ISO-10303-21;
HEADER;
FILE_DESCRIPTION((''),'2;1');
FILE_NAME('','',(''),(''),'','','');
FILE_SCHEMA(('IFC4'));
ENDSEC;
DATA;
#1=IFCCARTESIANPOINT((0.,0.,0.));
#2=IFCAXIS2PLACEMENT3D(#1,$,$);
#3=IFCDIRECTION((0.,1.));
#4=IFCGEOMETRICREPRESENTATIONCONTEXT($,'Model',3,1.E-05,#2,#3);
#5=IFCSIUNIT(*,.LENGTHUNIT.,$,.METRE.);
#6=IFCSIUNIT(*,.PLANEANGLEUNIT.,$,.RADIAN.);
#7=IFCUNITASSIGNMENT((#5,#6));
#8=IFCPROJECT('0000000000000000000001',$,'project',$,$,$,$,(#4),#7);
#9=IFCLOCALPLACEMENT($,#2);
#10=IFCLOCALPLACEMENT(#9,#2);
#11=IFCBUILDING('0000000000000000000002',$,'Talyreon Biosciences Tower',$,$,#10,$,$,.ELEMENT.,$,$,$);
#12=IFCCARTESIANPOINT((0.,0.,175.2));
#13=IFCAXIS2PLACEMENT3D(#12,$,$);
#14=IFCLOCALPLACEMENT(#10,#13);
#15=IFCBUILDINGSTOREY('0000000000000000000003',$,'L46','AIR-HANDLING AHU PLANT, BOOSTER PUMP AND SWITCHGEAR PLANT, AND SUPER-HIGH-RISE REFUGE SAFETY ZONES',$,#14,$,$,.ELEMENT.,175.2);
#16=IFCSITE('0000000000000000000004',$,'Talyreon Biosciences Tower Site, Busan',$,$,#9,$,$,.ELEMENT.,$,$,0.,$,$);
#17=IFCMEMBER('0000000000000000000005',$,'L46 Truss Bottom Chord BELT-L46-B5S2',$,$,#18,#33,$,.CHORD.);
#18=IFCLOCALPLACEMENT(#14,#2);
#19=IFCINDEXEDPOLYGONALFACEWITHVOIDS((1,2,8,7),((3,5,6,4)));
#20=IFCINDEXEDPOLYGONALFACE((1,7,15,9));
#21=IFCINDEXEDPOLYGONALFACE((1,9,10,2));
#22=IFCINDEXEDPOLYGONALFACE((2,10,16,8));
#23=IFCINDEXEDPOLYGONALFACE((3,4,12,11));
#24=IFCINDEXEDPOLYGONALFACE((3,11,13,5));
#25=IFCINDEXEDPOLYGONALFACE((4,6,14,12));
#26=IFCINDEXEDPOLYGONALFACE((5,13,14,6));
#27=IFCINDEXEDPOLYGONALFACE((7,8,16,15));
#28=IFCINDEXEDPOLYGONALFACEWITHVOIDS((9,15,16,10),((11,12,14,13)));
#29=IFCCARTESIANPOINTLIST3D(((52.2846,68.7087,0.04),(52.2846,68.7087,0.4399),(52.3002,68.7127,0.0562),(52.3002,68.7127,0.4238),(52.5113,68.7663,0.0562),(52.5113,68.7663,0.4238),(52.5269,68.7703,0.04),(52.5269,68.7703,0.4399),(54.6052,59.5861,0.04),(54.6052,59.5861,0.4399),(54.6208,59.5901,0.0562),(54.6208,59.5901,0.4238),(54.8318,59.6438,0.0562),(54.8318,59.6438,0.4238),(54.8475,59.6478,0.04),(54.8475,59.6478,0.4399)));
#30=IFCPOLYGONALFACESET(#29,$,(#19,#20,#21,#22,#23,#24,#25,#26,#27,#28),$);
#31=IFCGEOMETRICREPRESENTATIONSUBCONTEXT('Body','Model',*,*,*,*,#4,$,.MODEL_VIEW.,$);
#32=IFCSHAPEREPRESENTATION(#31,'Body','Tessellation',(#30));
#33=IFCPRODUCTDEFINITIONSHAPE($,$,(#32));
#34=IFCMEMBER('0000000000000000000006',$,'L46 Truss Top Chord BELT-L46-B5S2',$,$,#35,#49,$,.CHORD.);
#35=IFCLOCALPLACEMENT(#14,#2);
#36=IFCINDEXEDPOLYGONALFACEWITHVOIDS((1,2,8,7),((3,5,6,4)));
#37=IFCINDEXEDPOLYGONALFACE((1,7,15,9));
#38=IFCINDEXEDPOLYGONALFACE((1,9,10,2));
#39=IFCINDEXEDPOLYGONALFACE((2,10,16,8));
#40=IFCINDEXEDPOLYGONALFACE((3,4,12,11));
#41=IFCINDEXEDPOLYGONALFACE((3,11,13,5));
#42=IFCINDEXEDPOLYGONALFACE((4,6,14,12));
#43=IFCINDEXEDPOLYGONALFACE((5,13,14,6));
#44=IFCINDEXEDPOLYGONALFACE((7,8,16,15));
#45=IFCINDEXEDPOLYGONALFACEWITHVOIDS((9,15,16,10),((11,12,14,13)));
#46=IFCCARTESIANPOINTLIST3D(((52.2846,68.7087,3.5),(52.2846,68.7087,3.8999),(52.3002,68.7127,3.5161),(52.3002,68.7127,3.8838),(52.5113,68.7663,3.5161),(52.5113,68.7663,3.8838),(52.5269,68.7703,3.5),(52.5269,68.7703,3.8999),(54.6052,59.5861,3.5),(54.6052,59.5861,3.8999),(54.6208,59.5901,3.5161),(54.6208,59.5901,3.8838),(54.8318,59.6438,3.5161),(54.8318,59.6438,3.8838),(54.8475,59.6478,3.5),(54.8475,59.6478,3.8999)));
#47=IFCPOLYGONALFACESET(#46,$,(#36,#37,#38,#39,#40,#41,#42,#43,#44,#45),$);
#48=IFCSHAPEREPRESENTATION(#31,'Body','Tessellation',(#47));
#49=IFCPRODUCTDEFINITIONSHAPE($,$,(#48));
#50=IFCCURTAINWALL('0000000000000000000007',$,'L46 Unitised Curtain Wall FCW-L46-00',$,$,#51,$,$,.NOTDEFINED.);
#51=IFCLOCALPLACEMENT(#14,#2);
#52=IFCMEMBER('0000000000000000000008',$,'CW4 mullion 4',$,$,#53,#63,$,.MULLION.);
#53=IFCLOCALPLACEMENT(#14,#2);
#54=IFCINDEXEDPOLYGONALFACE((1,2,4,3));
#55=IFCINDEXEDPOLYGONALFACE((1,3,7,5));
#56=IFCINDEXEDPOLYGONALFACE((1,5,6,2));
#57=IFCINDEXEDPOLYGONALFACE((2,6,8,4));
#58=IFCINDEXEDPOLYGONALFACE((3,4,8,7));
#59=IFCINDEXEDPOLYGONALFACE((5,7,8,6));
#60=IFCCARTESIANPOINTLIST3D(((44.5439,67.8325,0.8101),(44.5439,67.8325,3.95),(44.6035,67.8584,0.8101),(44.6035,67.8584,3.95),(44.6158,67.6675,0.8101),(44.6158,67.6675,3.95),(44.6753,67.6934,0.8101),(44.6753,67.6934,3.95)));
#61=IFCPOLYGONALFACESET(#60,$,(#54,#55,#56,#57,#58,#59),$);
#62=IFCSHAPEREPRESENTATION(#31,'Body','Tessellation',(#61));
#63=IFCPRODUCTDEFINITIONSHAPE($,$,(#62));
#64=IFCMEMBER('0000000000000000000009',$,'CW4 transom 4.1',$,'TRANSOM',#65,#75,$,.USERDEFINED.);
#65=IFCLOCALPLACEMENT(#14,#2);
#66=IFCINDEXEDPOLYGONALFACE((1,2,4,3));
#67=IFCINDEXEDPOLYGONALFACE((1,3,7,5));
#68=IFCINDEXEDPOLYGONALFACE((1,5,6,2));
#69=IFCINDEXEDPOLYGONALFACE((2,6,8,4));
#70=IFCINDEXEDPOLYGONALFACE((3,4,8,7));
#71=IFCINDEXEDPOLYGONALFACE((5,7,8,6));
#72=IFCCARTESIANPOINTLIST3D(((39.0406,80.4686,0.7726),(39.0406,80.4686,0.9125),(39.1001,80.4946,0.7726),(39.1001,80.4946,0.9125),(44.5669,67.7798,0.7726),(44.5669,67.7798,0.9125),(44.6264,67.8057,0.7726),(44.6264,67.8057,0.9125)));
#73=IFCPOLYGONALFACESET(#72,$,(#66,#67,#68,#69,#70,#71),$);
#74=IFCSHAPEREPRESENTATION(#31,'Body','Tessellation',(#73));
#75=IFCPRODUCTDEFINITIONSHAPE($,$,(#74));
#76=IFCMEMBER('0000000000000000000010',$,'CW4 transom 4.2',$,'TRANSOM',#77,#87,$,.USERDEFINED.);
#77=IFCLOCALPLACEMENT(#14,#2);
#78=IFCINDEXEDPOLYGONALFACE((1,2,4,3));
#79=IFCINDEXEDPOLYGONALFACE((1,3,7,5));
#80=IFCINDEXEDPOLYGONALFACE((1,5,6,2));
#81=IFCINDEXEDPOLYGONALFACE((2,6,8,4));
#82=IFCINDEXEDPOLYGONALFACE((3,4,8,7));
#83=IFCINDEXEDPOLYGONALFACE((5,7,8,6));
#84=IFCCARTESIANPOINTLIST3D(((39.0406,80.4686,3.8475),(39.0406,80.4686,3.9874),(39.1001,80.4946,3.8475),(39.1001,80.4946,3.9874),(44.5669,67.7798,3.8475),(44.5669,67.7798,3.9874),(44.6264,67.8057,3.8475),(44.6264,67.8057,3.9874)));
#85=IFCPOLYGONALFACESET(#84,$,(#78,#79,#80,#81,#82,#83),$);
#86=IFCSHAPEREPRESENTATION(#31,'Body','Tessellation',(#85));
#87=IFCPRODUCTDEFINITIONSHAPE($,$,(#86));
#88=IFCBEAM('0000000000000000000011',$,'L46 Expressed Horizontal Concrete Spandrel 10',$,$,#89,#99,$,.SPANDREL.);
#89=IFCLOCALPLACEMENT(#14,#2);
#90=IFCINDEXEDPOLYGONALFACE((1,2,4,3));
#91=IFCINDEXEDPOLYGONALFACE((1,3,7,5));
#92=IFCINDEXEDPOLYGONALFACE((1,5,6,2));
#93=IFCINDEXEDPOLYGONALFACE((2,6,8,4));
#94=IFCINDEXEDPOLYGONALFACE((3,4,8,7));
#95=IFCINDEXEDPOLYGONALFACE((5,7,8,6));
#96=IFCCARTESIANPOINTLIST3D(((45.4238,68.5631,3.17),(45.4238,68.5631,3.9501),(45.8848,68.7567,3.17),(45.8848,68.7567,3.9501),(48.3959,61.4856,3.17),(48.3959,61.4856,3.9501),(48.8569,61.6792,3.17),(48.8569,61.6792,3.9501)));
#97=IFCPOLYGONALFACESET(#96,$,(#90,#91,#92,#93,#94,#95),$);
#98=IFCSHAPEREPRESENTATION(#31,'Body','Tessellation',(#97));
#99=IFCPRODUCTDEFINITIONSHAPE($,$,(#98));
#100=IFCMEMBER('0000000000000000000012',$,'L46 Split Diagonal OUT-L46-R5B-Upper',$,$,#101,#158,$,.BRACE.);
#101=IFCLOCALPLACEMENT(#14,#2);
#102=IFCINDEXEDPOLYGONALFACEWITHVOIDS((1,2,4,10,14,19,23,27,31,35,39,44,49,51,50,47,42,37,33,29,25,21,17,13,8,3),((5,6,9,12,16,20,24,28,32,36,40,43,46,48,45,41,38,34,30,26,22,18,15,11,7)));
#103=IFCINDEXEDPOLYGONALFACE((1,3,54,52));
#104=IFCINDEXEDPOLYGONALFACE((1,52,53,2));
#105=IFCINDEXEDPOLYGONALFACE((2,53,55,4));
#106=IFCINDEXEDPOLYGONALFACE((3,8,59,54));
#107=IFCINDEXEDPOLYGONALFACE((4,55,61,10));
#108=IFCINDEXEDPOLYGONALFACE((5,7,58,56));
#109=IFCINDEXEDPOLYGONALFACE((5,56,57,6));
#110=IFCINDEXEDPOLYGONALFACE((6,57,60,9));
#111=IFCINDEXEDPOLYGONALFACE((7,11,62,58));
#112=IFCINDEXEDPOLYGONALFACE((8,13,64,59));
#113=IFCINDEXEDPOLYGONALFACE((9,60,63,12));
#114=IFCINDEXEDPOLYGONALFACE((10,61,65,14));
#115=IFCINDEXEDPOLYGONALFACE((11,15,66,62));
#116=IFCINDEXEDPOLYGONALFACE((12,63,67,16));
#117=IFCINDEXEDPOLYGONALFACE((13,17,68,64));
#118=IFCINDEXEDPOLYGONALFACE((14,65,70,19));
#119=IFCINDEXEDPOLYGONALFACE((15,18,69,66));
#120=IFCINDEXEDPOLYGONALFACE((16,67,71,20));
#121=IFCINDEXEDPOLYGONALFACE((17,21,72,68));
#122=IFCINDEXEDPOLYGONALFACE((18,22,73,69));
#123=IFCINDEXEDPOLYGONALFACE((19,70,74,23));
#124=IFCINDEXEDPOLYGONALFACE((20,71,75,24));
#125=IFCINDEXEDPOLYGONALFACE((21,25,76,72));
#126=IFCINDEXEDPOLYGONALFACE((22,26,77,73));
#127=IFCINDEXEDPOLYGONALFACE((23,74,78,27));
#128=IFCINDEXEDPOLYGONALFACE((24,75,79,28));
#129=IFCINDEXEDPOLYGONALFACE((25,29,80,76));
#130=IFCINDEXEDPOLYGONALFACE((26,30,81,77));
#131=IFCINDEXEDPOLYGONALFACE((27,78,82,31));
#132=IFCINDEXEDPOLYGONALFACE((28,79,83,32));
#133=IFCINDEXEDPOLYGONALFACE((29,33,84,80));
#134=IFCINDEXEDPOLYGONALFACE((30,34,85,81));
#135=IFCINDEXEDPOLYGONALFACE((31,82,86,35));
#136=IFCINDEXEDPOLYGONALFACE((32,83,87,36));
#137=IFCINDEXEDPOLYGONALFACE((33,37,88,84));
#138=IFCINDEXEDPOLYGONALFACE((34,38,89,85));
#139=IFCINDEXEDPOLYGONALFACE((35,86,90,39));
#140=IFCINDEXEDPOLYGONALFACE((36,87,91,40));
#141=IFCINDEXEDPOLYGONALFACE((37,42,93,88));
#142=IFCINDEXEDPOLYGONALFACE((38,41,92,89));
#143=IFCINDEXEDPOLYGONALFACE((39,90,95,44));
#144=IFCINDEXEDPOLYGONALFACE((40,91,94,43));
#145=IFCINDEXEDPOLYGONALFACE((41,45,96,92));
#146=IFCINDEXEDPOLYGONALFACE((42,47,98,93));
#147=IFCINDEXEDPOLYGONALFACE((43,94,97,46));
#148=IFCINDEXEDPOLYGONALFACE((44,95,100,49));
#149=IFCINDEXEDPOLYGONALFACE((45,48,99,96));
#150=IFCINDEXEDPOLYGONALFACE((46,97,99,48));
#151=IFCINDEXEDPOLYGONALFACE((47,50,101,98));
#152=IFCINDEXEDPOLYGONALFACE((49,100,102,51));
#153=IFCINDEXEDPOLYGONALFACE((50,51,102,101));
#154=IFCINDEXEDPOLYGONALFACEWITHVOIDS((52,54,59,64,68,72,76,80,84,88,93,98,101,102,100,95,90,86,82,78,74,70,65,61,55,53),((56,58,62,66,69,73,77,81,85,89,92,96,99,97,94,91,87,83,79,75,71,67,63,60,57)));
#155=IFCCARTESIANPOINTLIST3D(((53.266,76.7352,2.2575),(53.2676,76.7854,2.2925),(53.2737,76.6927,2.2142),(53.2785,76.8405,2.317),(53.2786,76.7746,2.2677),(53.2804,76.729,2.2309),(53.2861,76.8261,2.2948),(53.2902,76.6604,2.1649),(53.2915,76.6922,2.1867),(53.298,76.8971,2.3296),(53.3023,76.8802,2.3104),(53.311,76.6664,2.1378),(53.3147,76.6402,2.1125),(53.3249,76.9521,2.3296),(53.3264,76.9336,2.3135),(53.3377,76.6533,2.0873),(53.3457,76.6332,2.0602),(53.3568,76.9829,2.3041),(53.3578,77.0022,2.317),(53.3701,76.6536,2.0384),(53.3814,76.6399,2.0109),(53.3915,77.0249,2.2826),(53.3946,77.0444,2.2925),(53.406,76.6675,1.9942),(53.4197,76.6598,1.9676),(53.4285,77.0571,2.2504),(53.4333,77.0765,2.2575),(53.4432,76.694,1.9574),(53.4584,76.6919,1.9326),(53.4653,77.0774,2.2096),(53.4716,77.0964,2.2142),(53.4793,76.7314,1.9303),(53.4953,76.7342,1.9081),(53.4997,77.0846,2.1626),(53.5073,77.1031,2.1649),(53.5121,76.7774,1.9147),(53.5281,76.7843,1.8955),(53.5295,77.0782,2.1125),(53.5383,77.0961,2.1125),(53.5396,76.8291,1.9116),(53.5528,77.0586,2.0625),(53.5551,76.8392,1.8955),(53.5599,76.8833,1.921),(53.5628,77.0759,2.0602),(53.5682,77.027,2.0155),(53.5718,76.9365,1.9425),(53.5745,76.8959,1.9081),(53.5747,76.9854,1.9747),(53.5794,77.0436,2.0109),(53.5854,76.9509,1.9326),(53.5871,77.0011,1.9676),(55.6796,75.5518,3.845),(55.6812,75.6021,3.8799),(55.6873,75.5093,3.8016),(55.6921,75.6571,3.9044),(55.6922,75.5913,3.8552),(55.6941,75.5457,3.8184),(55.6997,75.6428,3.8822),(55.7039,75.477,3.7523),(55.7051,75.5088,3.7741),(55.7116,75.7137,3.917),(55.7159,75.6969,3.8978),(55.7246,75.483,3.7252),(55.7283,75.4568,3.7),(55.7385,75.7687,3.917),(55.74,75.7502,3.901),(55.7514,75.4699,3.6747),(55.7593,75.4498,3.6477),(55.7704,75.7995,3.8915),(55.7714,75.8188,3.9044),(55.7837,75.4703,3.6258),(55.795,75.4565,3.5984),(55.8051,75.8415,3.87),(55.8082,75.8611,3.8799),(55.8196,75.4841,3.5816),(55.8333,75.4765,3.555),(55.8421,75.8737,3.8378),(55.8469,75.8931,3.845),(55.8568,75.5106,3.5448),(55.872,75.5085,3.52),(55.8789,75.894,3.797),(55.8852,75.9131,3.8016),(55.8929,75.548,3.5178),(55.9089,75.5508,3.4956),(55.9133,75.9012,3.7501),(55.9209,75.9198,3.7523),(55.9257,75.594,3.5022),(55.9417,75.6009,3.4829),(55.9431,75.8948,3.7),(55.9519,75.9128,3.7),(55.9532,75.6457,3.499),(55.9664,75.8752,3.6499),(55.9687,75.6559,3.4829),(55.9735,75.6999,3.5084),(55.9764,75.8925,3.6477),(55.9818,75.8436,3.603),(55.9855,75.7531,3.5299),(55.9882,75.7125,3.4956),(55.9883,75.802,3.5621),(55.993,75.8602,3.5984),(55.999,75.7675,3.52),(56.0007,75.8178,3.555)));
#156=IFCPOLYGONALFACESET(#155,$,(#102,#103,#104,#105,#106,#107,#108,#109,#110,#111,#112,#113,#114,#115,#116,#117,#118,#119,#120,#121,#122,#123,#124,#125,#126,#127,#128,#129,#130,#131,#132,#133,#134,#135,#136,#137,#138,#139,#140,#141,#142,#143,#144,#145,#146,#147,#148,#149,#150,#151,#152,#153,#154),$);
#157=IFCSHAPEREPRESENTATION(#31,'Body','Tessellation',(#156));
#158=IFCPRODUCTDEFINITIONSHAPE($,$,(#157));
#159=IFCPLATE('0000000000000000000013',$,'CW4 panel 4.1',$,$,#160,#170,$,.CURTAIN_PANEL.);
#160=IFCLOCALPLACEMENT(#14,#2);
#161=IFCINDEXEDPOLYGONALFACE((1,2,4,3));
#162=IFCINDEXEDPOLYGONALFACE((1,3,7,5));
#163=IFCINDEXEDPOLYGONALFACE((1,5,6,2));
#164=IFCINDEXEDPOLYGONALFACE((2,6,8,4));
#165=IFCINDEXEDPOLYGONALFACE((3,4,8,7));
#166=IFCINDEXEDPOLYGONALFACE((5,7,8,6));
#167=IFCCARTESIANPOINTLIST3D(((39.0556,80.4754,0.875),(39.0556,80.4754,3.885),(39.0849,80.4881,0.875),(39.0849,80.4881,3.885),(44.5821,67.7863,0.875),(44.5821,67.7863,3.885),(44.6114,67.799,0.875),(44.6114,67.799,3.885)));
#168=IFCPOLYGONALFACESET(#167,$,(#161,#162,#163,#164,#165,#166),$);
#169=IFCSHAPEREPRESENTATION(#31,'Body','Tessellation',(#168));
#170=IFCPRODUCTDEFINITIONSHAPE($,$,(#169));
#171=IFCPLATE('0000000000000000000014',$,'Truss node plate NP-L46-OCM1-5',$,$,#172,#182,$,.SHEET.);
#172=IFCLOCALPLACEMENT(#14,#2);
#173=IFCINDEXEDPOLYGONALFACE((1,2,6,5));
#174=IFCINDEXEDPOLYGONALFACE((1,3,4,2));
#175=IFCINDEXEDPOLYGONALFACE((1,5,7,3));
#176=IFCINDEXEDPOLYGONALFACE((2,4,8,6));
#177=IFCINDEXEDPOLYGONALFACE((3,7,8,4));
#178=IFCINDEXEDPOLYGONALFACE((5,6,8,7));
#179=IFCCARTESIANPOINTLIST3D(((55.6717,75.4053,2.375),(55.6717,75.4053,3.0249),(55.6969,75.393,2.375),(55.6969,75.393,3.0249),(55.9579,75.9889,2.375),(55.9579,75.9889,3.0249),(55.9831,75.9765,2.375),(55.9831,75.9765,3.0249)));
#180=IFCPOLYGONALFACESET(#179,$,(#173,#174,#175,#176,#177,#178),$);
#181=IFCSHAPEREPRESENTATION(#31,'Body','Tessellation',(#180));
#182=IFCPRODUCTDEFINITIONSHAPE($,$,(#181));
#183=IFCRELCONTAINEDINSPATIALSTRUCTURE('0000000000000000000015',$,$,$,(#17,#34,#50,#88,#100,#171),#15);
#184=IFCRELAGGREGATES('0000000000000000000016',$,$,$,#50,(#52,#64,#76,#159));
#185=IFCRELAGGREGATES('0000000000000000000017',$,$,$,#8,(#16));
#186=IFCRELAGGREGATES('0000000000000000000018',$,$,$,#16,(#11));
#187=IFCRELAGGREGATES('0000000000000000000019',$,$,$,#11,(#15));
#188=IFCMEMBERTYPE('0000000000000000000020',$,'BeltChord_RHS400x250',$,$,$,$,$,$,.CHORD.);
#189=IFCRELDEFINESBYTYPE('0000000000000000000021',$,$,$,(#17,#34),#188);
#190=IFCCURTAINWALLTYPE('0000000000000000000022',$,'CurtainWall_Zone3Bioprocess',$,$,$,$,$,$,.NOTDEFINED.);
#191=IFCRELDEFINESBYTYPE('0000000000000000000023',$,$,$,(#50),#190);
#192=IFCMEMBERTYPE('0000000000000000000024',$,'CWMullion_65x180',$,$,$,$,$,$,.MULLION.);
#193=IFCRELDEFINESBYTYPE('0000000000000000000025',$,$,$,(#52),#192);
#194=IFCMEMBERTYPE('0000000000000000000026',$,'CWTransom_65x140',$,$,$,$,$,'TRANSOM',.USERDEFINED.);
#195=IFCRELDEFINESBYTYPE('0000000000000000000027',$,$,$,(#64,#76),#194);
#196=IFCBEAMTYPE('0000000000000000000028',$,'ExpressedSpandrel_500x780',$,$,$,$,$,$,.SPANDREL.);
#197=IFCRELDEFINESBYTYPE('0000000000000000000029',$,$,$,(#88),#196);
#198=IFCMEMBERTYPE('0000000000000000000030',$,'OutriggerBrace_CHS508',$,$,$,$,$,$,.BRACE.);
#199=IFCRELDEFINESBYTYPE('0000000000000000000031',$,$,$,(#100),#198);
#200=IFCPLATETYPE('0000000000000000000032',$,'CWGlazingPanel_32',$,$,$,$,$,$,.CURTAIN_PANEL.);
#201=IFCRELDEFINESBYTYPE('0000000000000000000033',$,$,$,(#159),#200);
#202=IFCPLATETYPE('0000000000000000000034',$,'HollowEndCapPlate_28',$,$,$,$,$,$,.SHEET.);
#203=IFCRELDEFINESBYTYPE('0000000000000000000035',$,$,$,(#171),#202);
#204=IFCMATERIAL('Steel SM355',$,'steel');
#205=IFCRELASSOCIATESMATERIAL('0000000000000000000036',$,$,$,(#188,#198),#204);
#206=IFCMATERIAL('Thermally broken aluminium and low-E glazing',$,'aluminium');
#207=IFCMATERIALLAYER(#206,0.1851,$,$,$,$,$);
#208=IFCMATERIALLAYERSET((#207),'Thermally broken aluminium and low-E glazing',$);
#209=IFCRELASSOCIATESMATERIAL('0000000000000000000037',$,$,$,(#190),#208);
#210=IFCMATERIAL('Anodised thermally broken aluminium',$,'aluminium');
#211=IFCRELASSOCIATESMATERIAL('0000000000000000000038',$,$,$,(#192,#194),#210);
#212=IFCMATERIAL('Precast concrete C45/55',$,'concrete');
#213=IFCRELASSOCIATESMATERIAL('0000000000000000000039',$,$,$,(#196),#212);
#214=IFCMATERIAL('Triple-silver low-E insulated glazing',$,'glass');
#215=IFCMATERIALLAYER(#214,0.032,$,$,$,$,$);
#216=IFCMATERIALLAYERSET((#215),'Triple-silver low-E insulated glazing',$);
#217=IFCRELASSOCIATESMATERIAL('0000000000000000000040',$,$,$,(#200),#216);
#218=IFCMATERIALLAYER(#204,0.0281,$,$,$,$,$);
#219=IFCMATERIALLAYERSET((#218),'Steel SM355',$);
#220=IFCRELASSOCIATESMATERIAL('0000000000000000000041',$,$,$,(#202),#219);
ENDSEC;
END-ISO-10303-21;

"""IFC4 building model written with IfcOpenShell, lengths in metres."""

from ifc_helpers import new_model, si_unit, direction, frame, origin, origin_2d, place, context, subcontext, project, spatial, rectangle, hollow_rectangle, hollow_circle, extrude, material, layer, layer_set, material_profile, profile_set, type_object, element, aggregate, save


model = new_model("IFC4")

# Units and contexts
model_context = context("Model", 3, precision=1e-05, world=origin(), true_north=direction((0.0, 1.0)))
body_context = subcontext(model_context, "Body", "Model", "MODEL_VIEW")
ifc_project = project(units=[si_unit("LENGTHUNIT", "METRE"), si_unit("PLANEANGLEUNIT", "RADIAN")], contexts=[model_context])

# Site, building, storey
site_placement = place(None, origin())
site = spatial("IfcSite", under=ifc_project, at=site_placement, Name="Talyreon Biosciences Tower Site, Busan", CompositionType="ELEMENT", RefElevation=0.0)
building_placement = place(site_placement, origin())
building = spatial("IfcBuilding", under=site, at=building_placement, Name="Talyreon Biosciences Tower", CompositionType="ELEMENT")
storey_placement = place(building_placement, frame((0.0, 0.0, 175.2)))
storey = spatial("IfcBuildingStorey", under=building, at=storey_placement, Name="L46", Description="AIR-HANDLING AHU PLANT, BOOSTER PUMP AND SWITCHGEAR PLANT, AND SUPER-HIGH-RISE REFUGE SAFETY ZONES", CompositionType="ELEMENT", Elevation=175.2)

# Members
ifc_material_1 = material(Name="Steel SM355", Category="steel")
ifc_material_profile_1 = material_profile(ifc_material_1, hollow_rectangle(XDim=0.25, YDim=0.3999, WallThickness=0.0161, at=origin_2d()), Name="RHS 400x250x16")
ifc_profile_set_1 = profile_set([ifc_material_profile_1], Name="Steel SM355")
member_type_1 = type_object("IfcMemberType", Name="BeltChord_RHS400x250", PredefinedType="CHORD", material=ifc_profile_set_1)
for number, where, z_axis, x_axis, name in (
    (1, (52.4058, 68.7395, 0.24), (0.246525, -0.969137, 0.0), (0.969137, 0.246525, 0.0), "L46 Truss Bottom Chord BELT-L46-B5S2"),
    (2, (52.4058, 68.7395, 3.7), (0.246525, -0.969137, 0.0), (0.969137, 0.246525, 0.0), "L46 Truss Top Chord BELT-L46-B5S2"),
):
    element("IfcMember", number, at=place(storey_placement, frame(where, z_axis=z_axis, x_axis=x_axis)), inside=storey, type_object=member_type_1, Name=name, PredefinedType="CHORD", context=body_context, shape_type="SweptSolid", body=[
        extrude(hollow_rectangle(XDim=0.25, YDim=0.3999, WallThickness=0.0161, at=origin_2d()), origin(), (0.0, 0.0, 1.0), 9.4131),
    ])

# Curtain wall, members
ifc_material_2 = material(Name="Thermally broken aluminium and low-E glazing", Category="aluminium")
ifc_layer_1 = layer(ifc_material_2, 0.1851)
ifc_layer_set_1 = layer_set([ifc_layer_1], Name="Thermally broken aluminium and low-E glazing")
curtain_wall_type = type_object("IfcCurtainWallType", Name="CurtainWall_Zone3Bioprocess", PredefinedType="NOTDEFINED", material=ifc_layer_set_1)
curtain_wall_placement = place(storey_placement, origin())
curtain_wall = element("IfcCurtainWall", 3, at=curtain_wall_placement, inside=storey, type_object=curtain_wall_type, Name="L46 Unitised Curtain Wall FCW-L46-00", PredefinedType="NOTDEFINED")
ifc_material_3 = material(Name="Anodised thermally broken aluminium", Category="aluminium")
ifc_material_profile_2 = material_profile(ifc_material_3, rectangle(XDim=0.0649, YDim=0.1799, at=origin_2d()), Name="ALUM MULLION 65x180")
ifc_profile_set_2 = profile_set([ifc_material_profile_2], Name="Anodised thermally broken aluminium")
member_type_2 = type_object("IfcMemberType", Name="CWMullion_65x180", PredefinedType="MULLION", material=ifc_profile_set_2)
member_1_placement = place(storey_placement, frame((44.6096, 67.7629, 0.8101), z_axis=(0.0, 0.0, 1.0), x_axis=(-0.91682, -0.3993, 0.0)))
member_1 = element("IfcMember", 4, at=member_1_placement, type_object=member_type_2, Name="CW4 mullion 4", PredefinedType="MULLION", context=body_context, shape_type="SweptSolid", body=[
    extrude(rectangle(XDim=0.0649, YDim=0.1799, at=origin_2d()), origin(), (0.0, 0.0, 1.0), 3.1399),
])
ifc_material_profile_3 = material_profile(ifc_material_3, rectangle(XDim=0.0649, YDim=0.1399, at=origin_2d()), Name="ALUM TRANSOM 65x140")
ifc_profile_set_3 = profile_set([ifc_material_profile_3], Name="Anodised thermally broken aluminium")
member_type_3 = type_object("IfcMemberType", Name="CWTransom_65x140", ElementType="TRANSOM", PredefinedType="USERDEFINED", material=ifc_profile_set_3)
member_2_placement = place(storey_placement, frame((44.5967, 67.7927, 0.8425), z_axis=(-0.399299, 0.916821, 0.0), x_axis=(-0.916821, -0.399299, 0.0)))
member_2 = element("IfcMember", 5, at=member_2_placement, type_object=member_type_3, Name="CW4 transom 4.1", ObjectType="TRANSOM", PredefinedType="USERDEFINED", context=body_context, shape_type="SweptSolid", body=[
    extrude(rectangle(XDim=0.0649, YDim=0.1399, at=origin_2d()), origin(), (0.0, 0.0, 1.0), 13.8401),
])
member_3_placement = place(storey_placement, frame((44.5967, 67.7927, 3.9175), z_axis=(-0.399299, 0.916821, 0.0), x_axis=(-0.916821, -0.399299, 0.0)))
member_3 = element("IfcMember", 6, at=member_3_placement, type_object=member_type_3, Name="CW4 transom 4.2", ObjectType="TRANSOM", PredefinedType="USERDEFINED", context=body_context, shape_type="SweptSolid", body=[
    extrude(rectangle(XDim=0.0649, YDim=0.1399, at=origin_2d()), origin(), (0.0, 0.0, 1.0), 13.8401),
])

# Beam
ifc_material_4 = material(Name="Precast concrete C45/55", Category="concrete")
ifc_material_profile_4 = material_profile(ifc_material_4, rectangle(XDim=0.5, YDim=0.78, at=origin_2d()), Name="RCB 500x780")
ifc_profile_set_4 = profile_set([ifc_material_profile_4], Name="Precast concrete C45/55")
beam_type = type_object("IfcBeamType", Name="ExpressedSpandrel_500x780", PredefinedType="SPANDREL", material=ifc_profile_set_4)
beam_placement = place(storey_placement, frame((45.6543, 68.6599, 3.5601), z_axis=(0.387184, -0.922003, 0.0), x_axis=(0.922003, 0.387184, 0.0)))
element("IfcBeam", 7, at=beam_placement, inside=storey, type_object=beam_type, Name="L46 Expressed Horizontal Concrete Spandrel 10", PredefinedType="SPANDREL", context=body_context, shape_type="SweptSolid", body=[
    extrude(rectangle(XDim=0.5, YDim=0.78, at=origin_2d()), origin(), (0.0, 0.0, 1.0), 7.6763),
])

# Member
ifc_material_profile_5 = material_profile(ifc_material_1, hollow_circle(Radius=0.2539, WallThickness=0.02, at=origin_2d()), Name="CHS 508x20")
ifc_profile_set_5 = profile_set([ifc_material_profile_5], Name="Steel SM355")
member_type_4 = type_object("IfcMemberType", Name="OutriggerBrace_CHS508", PredefinedType="BRACE", material=ifc_profile_set_5)
member_4_placement = place(storey_placement, frame((53.4265, 76.8682, 2.1125), z_axis=(0.773141, -0.379063, 0.508493), x_axis=(0.440225, 0.897888, 0.0)))
element("IfcMember", 8, at=member_4_placement, inside=storey, type_object=member_type_4, Name="L46 Split Diagonal OUT-L46-R5B-Upper", PredefinedType="BRACE", context=body_context, shape_type="SweptSolid", body=[
    extrude(hollow_circle(Radius=0.2539, WallThickness=0.02, at=origin_2d()), origin(), (0.0, 0.0, 1.0), 3.1218),
])

# Plate
ifc_material_5 = material(Name="Triple-silver low-E insulated glazing", Category="glass")
ifc_layer_2 = layer(ifc_material_5, 0.032)
ifc_layer_set_2 = layer_set([ifc_layer_2], Name="Triple-silver low-E insulated glazing")
plate_type_1 = type_object("IfcPlateType", Name="CWGlazingPanel_32", PredefinedType="CURTAIN_PANEL", material=ifc_layer_set_2)
plate_placement = place(storey_placement, frame((41.8335, 74.1372, 0.875), z_axis=(0.0, 0.0, 1.0), x_axis=(-0.3993, 0.91682, 0.0)))
plate = element("IfcPlate", 9, at=plate_placement, type_object=plate_type_1, Name="CW4 panel 4.1", PredefinedType="CURTAIN_PANEL", context=body_context, shape_type="SweptSolid", body=[
    extrude(rectangle(XDim=13.8403, YDim=0.032, at=origin_2d()), origin(), (0.0, 0.0, 1.0), 3.01),
])
aggregate(curtain_wall, [member_1, member_2, member_3, plate])

# Plate
ifc_layer_3 = layer(ifc_material_1, 0.0281)
ifc_layer_set_3 = layer_set([ifc_layer_3], Name="Steel SM355")
plate_type_2 = type_object("IfcPlateType", Name="HollowEndCapPlate_28", PredefinedType="SHEET", material=ifc_layer_set_3)
for number, where, z_axis, x_axis, name in (
    (10, (55.8274, 75.6909, 2.375), (0.0, 0.0, 1.0), (-0.440284, -0.897859, 0.0), "Truss node plate NP-L46-OCM1-5"),
):
    element("IfcPlate", number, at=place(storey_placement, frame(where, z_axis=z_axis, x_axis=x_axis)), inside=storey, type_object=plate_type_2, Name=name, PredefinedType="SHEET", context=body_context, shape_type="SweptSolid", body=[
        extrude(rectangle(XDim=0.6499, YDim=0.0281, at=origin_2d()), origin(), (0.0, 0.0, 1.0), 0.6499),
    ])

save(model, "model.ifc")
